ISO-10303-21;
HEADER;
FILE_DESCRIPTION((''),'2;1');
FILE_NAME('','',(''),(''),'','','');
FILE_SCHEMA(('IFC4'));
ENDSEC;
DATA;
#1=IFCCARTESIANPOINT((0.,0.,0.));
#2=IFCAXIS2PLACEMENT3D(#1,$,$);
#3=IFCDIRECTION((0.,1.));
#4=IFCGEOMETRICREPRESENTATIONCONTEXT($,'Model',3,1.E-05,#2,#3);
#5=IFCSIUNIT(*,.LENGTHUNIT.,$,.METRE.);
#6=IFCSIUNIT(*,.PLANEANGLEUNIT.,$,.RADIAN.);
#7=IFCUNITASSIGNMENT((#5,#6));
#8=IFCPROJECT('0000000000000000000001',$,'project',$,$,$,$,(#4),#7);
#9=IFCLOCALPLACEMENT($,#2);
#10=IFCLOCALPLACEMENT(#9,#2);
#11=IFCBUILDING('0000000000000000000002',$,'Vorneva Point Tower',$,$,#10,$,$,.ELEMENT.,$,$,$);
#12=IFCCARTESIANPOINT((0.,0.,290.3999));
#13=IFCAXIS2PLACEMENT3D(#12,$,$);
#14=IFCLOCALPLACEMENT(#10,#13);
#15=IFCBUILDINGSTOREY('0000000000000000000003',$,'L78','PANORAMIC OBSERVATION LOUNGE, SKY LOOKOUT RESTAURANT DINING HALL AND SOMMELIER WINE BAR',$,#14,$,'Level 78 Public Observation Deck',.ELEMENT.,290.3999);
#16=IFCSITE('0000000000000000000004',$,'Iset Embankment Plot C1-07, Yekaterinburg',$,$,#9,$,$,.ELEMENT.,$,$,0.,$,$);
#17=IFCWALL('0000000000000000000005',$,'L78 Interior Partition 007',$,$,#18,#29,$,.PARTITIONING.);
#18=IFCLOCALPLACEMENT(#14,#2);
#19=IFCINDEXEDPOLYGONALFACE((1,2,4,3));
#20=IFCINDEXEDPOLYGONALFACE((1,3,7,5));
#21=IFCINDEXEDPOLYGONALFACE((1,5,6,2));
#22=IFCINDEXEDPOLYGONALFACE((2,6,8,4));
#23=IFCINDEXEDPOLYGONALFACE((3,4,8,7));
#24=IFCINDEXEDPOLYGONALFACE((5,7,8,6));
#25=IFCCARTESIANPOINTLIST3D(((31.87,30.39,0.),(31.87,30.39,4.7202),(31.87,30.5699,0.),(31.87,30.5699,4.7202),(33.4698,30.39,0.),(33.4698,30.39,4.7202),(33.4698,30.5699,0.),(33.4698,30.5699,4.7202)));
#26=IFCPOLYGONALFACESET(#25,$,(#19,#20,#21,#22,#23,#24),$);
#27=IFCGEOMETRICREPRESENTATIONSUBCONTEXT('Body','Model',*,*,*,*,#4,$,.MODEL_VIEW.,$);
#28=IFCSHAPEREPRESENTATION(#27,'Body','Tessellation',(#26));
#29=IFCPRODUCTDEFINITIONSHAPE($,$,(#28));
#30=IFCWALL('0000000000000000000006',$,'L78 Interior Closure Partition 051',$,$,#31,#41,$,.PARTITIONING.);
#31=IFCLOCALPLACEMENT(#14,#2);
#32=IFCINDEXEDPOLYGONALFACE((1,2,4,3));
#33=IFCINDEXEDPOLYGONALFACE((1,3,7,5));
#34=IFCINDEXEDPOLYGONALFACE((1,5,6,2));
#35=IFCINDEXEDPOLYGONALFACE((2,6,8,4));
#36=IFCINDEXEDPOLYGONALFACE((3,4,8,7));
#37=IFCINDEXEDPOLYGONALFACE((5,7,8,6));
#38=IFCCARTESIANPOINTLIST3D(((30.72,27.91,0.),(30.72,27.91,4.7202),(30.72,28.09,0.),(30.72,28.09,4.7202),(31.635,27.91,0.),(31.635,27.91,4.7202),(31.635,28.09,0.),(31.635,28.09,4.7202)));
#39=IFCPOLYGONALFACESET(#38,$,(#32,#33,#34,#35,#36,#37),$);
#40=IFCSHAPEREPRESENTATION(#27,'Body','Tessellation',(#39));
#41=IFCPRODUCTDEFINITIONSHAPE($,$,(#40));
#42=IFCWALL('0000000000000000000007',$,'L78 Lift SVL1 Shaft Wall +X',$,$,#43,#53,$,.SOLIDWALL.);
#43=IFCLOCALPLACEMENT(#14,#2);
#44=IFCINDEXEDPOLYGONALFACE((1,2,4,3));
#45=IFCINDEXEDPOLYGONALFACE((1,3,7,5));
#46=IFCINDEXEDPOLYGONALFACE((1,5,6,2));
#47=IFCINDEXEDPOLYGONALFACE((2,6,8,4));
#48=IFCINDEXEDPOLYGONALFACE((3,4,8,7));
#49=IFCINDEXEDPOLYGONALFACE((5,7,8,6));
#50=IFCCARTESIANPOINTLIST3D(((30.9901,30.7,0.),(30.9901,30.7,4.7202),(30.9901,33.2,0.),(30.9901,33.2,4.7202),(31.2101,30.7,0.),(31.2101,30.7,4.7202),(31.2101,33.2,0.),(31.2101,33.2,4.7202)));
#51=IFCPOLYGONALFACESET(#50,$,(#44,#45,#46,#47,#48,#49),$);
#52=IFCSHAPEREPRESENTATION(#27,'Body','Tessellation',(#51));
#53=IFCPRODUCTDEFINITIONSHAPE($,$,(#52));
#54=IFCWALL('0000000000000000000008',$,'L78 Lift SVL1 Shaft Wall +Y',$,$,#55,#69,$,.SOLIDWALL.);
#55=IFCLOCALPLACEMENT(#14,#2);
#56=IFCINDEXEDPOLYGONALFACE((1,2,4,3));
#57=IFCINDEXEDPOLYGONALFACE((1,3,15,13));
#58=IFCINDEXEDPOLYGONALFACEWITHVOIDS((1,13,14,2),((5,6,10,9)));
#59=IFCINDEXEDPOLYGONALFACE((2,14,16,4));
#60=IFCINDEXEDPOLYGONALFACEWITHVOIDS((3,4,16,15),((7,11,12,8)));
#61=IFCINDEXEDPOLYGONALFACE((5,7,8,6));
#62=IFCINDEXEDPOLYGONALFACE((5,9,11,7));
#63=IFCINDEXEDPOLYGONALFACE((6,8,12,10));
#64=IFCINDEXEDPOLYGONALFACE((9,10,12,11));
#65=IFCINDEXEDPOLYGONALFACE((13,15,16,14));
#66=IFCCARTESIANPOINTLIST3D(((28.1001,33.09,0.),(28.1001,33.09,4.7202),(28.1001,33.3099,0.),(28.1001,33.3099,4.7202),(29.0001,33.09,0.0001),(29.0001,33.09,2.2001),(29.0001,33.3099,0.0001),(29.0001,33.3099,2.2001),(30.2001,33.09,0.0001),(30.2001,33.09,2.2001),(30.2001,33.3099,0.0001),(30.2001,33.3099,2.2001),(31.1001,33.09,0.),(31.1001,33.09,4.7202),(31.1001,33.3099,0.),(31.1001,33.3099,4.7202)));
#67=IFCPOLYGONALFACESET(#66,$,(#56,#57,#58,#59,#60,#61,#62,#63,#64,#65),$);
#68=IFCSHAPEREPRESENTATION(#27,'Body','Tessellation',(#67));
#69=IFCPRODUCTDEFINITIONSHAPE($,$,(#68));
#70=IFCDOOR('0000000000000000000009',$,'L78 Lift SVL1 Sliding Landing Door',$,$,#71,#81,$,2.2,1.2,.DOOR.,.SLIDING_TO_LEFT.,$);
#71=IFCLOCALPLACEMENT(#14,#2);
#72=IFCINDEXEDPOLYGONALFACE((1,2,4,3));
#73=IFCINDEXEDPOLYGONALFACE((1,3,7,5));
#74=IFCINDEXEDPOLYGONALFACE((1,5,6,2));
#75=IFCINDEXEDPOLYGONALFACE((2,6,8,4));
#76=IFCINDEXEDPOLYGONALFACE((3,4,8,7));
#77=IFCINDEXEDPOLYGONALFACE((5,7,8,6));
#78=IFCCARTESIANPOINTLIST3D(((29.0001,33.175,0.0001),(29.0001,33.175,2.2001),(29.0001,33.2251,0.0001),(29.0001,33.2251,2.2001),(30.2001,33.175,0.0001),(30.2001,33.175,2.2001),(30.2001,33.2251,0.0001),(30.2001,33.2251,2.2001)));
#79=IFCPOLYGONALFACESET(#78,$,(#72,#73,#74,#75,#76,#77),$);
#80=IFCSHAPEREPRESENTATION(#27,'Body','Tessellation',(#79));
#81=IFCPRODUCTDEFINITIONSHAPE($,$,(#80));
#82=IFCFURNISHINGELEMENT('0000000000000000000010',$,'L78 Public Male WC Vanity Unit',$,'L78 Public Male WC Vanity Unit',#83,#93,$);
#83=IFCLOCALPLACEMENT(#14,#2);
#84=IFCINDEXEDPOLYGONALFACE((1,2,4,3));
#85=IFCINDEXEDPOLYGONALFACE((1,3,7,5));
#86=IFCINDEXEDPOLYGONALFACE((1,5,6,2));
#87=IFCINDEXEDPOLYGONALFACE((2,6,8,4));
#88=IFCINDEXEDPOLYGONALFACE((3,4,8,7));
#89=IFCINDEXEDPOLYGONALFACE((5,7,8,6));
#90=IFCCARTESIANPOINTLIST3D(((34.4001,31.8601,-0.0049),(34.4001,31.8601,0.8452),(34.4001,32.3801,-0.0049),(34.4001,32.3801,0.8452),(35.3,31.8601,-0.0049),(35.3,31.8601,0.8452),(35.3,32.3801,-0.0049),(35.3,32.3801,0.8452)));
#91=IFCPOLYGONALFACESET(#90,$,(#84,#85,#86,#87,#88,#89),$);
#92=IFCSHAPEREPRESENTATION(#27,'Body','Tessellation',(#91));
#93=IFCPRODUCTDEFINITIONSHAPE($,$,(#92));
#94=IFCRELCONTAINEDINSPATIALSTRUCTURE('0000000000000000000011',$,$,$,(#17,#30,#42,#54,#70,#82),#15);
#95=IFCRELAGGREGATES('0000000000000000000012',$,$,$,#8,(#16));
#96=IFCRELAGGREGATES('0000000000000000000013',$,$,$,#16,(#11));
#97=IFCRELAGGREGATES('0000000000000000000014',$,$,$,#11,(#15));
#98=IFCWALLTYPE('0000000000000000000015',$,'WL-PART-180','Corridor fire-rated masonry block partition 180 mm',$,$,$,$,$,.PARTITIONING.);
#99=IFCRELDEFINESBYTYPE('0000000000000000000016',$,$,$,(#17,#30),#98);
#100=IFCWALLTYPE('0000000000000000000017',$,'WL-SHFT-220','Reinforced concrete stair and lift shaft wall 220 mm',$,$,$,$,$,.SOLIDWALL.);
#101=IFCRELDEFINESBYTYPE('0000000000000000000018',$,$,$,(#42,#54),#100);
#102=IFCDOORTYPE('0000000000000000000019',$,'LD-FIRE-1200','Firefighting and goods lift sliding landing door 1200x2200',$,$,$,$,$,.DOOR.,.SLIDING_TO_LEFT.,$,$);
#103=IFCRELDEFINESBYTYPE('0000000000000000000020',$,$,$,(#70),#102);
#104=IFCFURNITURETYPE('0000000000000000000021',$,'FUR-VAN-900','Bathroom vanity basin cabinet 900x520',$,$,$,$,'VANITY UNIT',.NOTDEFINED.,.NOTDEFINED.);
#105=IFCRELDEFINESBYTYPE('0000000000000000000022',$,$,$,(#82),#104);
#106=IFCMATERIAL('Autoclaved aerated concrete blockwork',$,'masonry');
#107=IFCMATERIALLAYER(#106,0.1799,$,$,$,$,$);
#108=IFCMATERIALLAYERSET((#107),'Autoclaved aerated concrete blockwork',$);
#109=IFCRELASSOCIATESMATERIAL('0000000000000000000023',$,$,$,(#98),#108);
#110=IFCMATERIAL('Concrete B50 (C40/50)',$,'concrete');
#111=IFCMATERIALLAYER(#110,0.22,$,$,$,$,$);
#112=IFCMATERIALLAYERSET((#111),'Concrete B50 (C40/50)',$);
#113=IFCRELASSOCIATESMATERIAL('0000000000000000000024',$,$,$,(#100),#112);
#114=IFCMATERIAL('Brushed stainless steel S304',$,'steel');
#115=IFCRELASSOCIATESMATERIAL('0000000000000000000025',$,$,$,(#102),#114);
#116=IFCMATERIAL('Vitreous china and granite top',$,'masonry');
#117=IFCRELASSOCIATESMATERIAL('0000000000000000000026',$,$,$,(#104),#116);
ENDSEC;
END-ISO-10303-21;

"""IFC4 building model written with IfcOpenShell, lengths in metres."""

from ifc_helpers import new_model, si_unit, direction, frame, frame_2d, origin, origin_2d, place, context, subcontext, project, spatial, rectangle, extrude, material, layer, layer_set, type_object, element, fill, save


model = new_model("IFC4")

# Units and contexts
model_context = context("Model", 3, precision=1e-05, world=origin(), true_north=direction((0.0, 1.0)))
body_context = subcontext(model_context, "Body", "Model", "MODEL_VIEW")
ifc_project = project(units=[si_unit("LENGTHUNIT", "METRE"), si_unit("PLANEANGLEUNIT", "RADIAN")], contexts=[model_context])

# Site, building, storey
site_placement = place(None, origin())
site = spatial("IfcSite", under=ifc_project, at=site_placement, Name="Iset Embankment Plot C1-07, Yekaterinburg", CompositionType="ELEMENT", RefElevation=0.0)
building_placement = place(site_placement, origin())
building = spatial("IfcBuilding", under=site, at=building_placement, Name="Vorneva Point Tower", CompositionType="ELEMENT")
storey_placement = place(building_placement, frame((0.0, 0.0, 290.3999)))
storey = spatial("IfcBuildingStorey", under=building, at=storey_placement, Name="L78", Description="PANORAMIC OBSERVATION LOUNGE, SKY LOOKOUT RESTAURANT DINING HALL AND SOMMELIER WINE BAR", LongName="Level 78 Public Observation Deck", CompositionType="ELEMENT", Elevation=290.3999)

# Shared definitions
ifc_material_1 = material(Name="Concrete B50 (C40/50)", Category="concrete")

# Wall
ifc_material_2 = material(Name="Autoclaved aerated concrete blockwork", Category="masonry")
ifc_layer_1 = layer(ifc_material_2, 0.1799)
ifc_layer_set_1 = layer_set([ifc_layer_1], Name="Autoclaved aerated concrete blockwork")
wall_type_1 = type_object("IfcWallType", Name="WL-PART-180", Description="Corridor fire-rated masonry block partition 180 mm", PredefinedType="PARTITIONING", material=ifc_layer_set_1)
wall_1_placement = place(storey_placement, frame((31.8701, 30.48, 0.0), z_axis=(0.0, 0.0, 1.0), x_axis=(1.0, 0.0, 0.0)))
element("IfcWall", 1, at=wall_1_placement, inside=storey, type_object=wall_type_1, Name="L78 Interior Partition 007", PredefinedType="PARTITIONING", context=body_context, shape_type="SweptSolid", body=[
    extrude(rectangle(XDim=1.5999, YDim=0.1799, at=frame_2d((0.7998, 0.0))), origin(), (0.0, 0.0, 1.0), 4.7202),
])

# Walls
wall_2_placement = place(storey_placement, frame((31.635, 28.0, 0.0), z_axis=(0.0, 0.0, 1.0), x_axis=(-1.0, 0.0, 0.0)))
element("IfcWall", 2, at=wall_2_placement, inside=storey, type_object=wall_type_1, Name="L78 Interior Closure Partition 051", PredefinedType="PARTITIONING", context=body_context, shape_type="SweptSolid", body=[
    extrude(rectangle(XDim=0.915, YDim=0.1799, at=frame_2d((0.4575, 0.0))), origin(), (0.0, 0.0, 1.0), 4.7202),
])
ifc_layer_2 = layer(ifc_material_1, 0.22)
ifc_layer_set_2 = layer_set([ifc_layer_2], Name="Concrete B50 (C40/50)")
wall_type_2 = type_object("IfcWallType", Name="WL-SHFT-220", Description="Reinforced concrete stair and lift shaft wall 220 mm", PredefinedType="SOLIDWALL", material=ifc_layer_set_2)
wall_3_placement = place(storey_placement, frame((31.1001, 30.7, 0.0), z_axis=(0.0, 0.0, 1.0), x_axis=(0.0, 1.0, 0.0)))
element("IfcWall", 3, at=wall_3_placement, inside=storey, type_object=wall_type_2, Name="L78 Lift SVL1 Shaft Wall +X", PredefinedType="SOLIDWALL", context=body_context, shape_type="SweptSolid", body=[
    extrude(rectangle(XDim=2.5, YDim=0.22, at=frame_2d((1.25, 0.0))), origin(), (0.0, 0.0, 1.0), 4.7202),
])

# Wall, opening, door
wall_4_placement = place(storey_placement, frame((31.1001, 33.2, 0.0), z_axis=(0.0, 0.0, 1.0), x_axis=(-1.0, 0.0, 0.0)))
wall_4 = element("IfcWall", 4, at=wall_4_placement, inside=storey, type_object=wall_type_2, Name="L78 Lift SVL1 Shaft Wall +Y", PredefinedType="SOLIDWALL", context=body_context, shape_type="SweptSolid", body=[
    extrude(rectangle(XDim=3.0, YDim=0.22, at=frame_2d((1.5, 0.0))), origin(), (0.0, 0.0, 1.0), 4.7202),
])
opening_1_placement = place(wall_4_placement, frame((0.8999, 0.0, 0.0)))
opening_1 = element("IfcOpeningElement", 5, at=opening_1_placement, cuts=wall_4, PredefinedType="OPENING", context=body_context, shape_type="SweptSolid", body=[
    extrude(rectangle(XDim=1.2, YDim=2.2, at=frame_2d((0.6001, 1.1001))), frame((0.0, 0.125, 0.0), z_axis=(0.0, -1.0, 0.0), x_axis=(1.0, 0.0, 0.0)), (0.0, 0.0, 1.0), 0.2498),
])
ifc_material_3 = material(Name="Brushed stainless steel S304", Category="steel")
door_type_1 = type_object("IfcDoorType", Name="LD-FIRE-1200", Description="Firefighting and goods lift sliding landing door 1200x2200", OperationType="SLIDING_TO_LEFT", PredefinedType="DOOR", material=ifc_material_3)
door_1_placement = place(opening_1_placement, origin())
door_1 = element("IfcDoor", 6, at=door_1_placement, inside=storey, type_object=door_type_1, Name="L78 Lift SVL1 Sliding Landing Door", OperationType="SLIDING_TO_LEFT", OverallHeight=2.2, OverallWidth=1.2, PredefinedType="DOOR", context=body_context, shape_type="SweptSolid", body=[
    extrude(rectangle(XDim=1.2, YDim=2.2, at=frame_2d((0.6001, 1.1001))), frame((0.0, 0.0249, 0.0), z_axis=(0.0, -1.0, 0.0), x_axis=(1.0, 0.0, 0.0)), (0.0, 0.0, 1.0), 0.05),
])
fill(opening_1, door_1)

# Furnishing element
ifc_material_4 = material(Name="Vitreous china and granite top", Category="masonry")
furniture_type = type_object("IfcFurnitureType", Name="FUR-VAN-900", Description="Bathroom vanity basin cabinet 900x520", ElementType="VANITY UNIT", AssemblyPlace="NOTDEFINED", PredefinedType="NOTDEFINED", material=ifc_material_4)
furnishing_placement = place(storey_placement, frame((34.8501, 32.1201, -0.0049), z_axis=(0.0, 0.0, 1.0), x_axis=(1.0, 0.0, 0.0)))
element("IfcFurnishingElement", 7, at=furnishing_placement, inside=storey, type_object=furniture_type, Name="L78 Public Male WC Vanity Unit", ObjectType="L78 Public Male WC Vanity Unit", context=body_context, shape_type="SweptSolid", body=[
    extrude(rectangle(XDim=0.8999, YDim=0.52, at=origin_2d()), origin(), (0.0, 0.0, 1.0), 0.8501),
])

save(model, "model.ifc")
